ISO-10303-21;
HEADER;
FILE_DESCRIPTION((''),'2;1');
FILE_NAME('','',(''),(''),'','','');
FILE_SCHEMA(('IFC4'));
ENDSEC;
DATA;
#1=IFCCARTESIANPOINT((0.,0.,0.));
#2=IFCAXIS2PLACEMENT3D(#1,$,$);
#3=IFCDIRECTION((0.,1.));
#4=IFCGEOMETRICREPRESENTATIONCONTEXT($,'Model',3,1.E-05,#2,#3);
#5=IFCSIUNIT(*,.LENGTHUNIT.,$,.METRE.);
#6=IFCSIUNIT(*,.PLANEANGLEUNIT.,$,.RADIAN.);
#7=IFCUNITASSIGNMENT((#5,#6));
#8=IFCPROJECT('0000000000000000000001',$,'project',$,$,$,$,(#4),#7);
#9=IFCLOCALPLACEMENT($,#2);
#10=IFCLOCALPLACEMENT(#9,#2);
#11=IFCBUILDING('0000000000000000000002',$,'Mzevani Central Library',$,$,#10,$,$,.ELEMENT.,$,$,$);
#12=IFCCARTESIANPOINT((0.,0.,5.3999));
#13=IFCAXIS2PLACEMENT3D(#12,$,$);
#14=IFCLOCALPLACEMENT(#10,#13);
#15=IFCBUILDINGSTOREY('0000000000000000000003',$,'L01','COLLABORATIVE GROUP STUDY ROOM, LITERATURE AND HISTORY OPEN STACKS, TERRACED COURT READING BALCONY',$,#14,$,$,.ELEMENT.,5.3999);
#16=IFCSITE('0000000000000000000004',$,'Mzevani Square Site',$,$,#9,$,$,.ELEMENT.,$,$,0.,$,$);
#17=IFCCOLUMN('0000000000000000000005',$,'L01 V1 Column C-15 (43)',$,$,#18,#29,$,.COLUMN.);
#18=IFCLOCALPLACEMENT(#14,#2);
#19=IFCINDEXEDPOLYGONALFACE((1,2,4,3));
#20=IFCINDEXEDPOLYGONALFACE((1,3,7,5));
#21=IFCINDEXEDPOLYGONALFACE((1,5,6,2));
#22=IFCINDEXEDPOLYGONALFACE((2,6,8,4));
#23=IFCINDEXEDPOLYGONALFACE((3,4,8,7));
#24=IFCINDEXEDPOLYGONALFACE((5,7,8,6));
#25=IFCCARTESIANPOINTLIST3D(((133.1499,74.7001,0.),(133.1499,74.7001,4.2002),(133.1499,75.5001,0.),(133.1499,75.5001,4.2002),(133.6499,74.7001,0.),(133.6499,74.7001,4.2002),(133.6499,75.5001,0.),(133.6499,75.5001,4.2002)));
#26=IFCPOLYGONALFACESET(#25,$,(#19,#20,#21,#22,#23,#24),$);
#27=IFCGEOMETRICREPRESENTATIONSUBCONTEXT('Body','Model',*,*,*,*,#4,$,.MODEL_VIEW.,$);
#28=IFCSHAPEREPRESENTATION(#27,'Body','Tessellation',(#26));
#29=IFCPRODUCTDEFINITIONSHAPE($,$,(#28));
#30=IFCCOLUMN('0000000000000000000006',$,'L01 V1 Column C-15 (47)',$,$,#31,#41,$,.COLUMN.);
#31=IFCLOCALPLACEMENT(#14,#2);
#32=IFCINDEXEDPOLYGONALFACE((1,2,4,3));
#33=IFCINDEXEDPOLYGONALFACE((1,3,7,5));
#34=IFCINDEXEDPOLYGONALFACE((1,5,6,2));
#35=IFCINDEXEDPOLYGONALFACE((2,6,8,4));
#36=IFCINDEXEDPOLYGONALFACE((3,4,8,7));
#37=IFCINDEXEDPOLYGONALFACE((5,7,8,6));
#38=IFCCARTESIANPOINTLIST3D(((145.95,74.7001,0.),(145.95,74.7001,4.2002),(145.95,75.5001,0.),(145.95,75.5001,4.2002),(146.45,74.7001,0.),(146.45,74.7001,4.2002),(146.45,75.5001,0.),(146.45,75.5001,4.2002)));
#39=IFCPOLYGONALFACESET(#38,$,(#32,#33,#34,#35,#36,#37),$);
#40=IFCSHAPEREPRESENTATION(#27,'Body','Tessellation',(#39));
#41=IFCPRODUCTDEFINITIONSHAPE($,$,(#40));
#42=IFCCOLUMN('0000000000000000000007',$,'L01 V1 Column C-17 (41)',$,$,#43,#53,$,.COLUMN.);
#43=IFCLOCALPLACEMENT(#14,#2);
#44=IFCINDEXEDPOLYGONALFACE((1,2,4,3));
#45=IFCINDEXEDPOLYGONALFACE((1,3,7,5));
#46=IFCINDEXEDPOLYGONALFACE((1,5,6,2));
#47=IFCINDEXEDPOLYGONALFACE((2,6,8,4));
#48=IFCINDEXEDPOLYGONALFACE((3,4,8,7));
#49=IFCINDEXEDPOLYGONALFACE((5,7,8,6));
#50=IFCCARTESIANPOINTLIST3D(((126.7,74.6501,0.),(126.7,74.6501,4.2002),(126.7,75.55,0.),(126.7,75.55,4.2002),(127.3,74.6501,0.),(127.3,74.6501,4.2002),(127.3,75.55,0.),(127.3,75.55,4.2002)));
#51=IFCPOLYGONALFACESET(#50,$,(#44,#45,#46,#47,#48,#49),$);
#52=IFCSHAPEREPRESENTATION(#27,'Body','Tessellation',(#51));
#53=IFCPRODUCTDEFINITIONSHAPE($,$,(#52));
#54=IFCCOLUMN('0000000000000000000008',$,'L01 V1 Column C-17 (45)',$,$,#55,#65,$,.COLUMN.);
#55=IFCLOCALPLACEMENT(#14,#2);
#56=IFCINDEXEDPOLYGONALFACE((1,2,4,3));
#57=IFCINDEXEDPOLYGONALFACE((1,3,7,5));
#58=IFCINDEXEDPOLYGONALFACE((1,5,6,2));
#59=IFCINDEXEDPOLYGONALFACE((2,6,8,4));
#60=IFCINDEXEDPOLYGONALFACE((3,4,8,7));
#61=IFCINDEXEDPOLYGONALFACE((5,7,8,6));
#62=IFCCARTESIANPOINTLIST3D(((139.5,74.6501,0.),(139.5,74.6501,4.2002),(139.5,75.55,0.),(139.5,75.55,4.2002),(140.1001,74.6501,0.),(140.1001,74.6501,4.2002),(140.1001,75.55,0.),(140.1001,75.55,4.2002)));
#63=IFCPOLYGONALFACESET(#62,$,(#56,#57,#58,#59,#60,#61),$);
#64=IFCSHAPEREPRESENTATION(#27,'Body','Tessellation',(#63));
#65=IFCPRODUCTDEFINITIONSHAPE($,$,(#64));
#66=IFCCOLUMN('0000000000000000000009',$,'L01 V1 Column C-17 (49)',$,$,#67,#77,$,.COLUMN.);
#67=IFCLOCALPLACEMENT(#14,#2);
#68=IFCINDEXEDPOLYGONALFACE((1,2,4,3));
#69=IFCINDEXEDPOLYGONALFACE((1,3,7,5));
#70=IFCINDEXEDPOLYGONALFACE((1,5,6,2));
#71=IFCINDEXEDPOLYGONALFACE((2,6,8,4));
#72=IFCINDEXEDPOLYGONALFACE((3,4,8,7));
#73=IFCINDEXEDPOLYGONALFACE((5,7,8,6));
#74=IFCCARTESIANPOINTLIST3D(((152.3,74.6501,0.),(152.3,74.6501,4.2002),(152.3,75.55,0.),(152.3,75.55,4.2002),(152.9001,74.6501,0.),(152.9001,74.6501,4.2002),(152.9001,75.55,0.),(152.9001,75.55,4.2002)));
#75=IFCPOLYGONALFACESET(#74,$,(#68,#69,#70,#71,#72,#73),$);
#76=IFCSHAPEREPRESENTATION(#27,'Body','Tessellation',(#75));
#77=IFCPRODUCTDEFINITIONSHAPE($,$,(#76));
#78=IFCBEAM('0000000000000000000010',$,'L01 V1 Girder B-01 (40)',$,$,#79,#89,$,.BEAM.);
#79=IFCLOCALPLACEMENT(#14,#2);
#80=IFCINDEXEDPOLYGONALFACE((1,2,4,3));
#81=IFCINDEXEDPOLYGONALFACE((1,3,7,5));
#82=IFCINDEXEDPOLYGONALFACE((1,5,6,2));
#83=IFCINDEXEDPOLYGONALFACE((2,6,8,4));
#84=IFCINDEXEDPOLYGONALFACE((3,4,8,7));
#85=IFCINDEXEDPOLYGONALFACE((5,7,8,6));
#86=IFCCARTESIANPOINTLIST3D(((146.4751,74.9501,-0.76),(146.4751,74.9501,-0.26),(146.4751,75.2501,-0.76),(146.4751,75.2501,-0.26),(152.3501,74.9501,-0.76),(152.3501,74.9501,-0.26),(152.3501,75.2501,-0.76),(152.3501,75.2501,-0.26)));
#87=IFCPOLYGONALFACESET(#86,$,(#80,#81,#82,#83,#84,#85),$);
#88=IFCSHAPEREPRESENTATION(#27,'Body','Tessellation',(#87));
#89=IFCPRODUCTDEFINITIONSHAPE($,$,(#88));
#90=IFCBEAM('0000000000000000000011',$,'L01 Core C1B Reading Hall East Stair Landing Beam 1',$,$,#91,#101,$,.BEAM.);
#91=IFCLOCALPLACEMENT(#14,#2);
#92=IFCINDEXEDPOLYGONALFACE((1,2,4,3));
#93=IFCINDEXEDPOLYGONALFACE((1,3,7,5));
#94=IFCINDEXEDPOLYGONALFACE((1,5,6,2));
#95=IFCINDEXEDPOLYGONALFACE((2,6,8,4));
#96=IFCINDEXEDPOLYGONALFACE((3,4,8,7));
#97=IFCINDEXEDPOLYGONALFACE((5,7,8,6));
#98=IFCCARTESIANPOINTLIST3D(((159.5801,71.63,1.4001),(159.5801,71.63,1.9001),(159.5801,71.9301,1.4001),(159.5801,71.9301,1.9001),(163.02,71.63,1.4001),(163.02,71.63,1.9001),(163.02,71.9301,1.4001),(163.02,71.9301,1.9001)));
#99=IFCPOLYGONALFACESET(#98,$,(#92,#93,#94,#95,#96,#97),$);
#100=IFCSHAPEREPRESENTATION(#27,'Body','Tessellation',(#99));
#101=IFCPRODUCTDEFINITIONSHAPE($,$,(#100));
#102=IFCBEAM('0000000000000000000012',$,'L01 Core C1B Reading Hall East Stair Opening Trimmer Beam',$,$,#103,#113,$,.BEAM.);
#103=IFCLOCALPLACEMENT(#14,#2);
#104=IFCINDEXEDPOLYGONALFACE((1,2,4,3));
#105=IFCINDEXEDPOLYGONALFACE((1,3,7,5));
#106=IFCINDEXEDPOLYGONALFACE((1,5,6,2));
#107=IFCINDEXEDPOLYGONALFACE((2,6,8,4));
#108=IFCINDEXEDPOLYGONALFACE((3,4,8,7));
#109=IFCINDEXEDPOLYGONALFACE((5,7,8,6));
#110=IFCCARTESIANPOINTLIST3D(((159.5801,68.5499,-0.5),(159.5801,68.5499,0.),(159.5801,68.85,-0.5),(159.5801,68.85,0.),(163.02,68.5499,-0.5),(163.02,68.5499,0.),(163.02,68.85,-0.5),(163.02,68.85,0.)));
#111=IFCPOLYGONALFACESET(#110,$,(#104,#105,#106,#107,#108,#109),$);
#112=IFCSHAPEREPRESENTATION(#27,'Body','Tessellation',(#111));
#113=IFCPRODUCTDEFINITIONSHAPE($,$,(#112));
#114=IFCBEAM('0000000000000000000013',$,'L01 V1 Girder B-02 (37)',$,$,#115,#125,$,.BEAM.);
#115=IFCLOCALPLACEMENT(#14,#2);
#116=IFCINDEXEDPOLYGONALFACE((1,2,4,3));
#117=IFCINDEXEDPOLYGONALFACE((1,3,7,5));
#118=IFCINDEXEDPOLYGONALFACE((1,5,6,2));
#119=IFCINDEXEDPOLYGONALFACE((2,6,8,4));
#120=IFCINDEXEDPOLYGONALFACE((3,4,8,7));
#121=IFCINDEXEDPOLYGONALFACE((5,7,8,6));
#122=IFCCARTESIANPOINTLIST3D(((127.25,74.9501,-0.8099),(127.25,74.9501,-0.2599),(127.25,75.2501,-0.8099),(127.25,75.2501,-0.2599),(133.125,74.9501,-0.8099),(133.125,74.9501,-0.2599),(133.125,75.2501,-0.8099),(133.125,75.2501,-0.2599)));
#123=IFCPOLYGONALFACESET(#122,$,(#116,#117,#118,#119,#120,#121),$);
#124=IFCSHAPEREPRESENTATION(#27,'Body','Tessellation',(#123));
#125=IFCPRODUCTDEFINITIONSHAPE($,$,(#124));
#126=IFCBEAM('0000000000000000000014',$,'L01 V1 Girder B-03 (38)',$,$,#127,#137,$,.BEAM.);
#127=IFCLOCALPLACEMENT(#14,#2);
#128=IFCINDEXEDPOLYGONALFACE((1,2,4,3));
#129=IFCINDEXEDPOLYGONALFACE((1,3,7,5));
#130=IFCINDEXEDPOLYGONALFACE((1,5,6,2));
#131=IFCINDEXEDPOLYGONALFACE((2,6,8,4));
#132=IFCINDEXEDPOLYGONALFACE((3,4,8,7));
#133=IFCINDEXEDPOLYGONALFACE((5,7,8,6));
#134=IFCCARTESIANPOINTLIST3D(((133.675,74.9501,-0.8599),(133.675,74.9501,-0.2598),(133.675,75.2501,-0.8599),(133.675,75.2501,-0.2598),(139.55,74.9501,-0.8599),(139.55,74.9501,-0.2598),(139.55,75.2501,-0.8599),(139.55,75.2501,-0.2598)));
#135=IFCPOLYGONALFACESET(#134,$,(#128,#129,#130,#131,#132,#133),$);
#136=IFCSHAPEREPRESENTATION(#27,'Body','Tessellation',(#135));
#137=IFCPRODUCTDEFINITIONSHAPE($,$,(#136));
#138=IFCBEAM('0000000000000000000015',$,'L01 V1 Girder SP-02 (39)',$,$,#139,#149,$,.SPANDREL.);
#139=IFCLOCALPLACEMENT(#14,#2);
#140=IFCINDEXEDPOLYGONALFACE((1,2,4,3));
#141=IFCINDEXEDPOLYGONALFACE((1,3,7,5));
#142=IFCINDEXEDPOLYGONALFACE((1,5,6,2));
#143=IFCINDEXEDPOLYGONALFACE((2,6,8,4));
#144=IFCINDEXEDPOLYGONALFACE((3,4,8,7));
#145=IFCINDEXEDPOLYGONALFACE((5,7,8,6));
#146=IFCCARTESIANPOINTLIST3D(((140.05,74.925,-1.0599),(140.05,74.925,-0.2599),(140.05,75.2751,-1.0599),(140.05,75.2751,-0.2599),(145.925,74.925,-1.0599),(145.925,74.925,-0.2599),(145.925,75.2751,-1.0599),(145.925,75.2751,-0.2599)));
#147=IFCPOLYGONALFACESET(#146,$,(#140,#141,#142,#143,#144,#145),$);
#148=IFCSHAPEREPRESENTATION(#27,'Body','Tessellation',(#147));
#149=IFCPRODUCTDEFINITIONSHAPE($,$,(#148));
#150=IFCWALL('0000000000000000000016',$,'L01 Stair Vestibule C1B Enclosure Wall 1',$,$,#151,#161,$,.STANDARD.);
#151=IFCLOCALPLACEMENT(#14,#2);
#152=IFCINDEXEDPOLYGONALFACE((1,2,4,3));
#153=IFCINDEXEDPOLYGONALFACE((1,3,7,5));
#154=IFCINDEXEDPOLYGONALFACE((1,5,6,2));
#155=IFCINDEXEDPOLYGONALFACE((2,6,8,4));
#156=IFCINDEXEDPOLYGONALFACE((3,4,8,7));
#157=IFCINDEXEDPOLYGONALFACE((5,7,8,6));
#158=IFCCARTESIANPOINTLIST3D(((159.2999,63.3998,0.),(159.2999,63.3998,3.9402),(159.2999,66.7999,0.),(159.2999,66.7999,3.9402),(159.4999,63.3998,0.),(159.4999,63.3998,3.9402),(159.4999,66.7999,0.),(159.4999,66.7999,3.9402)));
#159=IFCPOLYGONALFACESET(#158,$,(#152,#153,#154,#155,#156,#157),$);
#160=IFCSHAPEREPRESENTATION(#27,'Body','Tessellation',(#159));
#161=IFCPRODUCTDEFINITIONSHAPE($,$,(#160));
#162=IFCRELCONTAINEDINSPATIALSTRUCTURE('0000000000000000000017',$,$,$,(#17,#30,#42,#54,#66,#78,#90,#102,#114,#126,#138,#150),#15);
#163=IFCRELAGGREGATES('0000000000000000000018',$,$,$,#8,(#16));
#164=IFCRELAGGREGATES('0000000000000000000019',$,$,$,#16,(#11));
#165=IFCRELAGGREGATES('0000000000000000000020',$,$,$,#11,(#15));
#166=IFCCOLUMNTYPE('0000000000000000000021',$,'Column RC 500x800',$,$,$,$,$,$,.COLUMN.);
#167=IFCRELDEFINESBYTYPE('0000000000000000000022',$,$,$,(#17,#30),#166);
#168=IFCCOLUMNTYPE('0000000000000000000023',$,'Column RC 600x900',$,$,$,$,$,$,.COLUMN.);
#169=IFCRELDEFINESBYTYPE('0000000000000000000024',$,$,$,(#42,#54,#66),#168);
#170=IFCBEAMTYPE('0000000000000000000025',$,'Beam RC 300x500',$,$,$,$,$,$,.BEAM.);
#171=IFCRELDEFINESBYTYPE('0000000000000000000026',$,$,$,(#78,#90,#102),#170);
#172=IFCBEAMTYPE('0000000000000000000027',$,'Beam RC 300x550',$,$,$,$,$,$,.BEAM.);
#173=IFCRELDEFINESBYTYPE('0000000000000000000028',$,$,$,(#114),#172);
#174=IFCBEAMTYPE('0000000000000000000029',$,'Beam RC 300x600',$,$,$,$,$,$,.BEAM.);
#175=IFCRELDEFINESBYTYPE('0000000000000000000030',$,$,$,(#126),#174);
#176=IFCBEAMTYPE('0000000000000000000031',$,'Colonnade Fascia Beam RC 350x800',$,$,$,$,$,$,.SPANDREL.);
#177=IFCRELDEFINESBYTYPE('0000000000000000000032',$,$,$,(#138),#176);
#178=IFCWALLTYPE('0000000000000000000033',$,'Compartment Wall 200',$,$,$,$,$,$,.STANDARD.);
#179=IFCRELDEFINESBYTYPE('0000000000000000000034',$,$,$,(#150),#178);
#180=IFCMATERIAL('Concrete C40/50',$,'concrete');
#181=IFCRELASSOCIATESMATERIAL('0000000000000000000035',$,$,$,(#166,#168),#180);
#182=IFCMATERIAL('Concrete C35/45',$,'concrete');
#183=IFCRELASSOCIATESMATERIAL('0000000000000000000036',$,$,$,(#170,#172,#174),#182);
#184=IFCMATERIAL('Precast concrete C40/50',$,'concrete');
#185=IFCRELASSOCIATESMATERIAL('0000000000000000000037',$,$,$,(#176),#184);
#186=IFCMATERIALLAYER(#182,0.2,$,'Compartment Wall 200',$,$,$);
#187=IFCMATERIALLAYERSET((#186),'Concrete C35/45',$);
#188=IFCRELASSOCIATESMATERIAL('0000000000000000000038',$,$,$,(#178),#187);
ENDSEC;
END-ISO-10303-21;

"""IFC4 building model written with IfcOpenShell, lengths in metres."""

from ifc_helpers import new_model, si_unit, direction, frame, frame_2d, origin, origin_2d, place, context, subcontext, project, spatial, rectangle, extrude, material, layer, layer_set, material_profile, profile_set, type_object, element, save


model = new_model("IFC4")

# Units and contexts
model_context = context("Model", 3, precision=1e-05, world=origin(), true_north=direction((0.0, 1.0)))
body_context = subcontext(model_context, "Body", "Model", "MODEL_VIEW")
ifc_project = project(units=[si_unit("LENGTHUNIT", "METRE"), si_unit("PLANEANGLEUNIT", "RADIAN")], contexts=[model_context])

# Site, building, storey
site_placement = place(None, origin())
site = spatial("IfcSite", under=ifc_project, at=site_placement, Name="Mzevani Square Site", CompositionType="ELEMENT", RefElevation=0.0)
building_placement = place(site_placement, origin())
building = spatial("IfcBuilding", under=site, at=building_placement, Name="Mzevani Central Library", CompositionType="ELEMENT")
storey_placement = place(building_placement, frame((0.0, 0.0, 5.3999)))
storey = spatial("IfcBuildingStorey", under=building, at=storey_placement, Name="L01", Description="COLLABORATIVE GROUP STUDY ROOM, LITERATURE AND HISTORY OPEN STACKS, TERRACED COURT READING BALCONY", CompositionType="ELEMENT", Elevation=5.3999)

# Columns
ifc_material_1 = material(Name="Concrete C40/50", Category="concrete")
ifc_material_profile_1 = material_profile(ifc_material_1, rectangle(XDim=0.5, YDim=0.8, at=origin_2d()), Name="RC 500x800")
ifc_profile_set_1 = profile_set([ifc_material_profile_1], Name="Concrete C40/50")
column_type_1 = type_object("IfcColumnType", Name="Column RC 500x800", PredefinedType="COLUMN", material=ifc_profile_set_1)
for number, where, z_axis, x_axis, name in (
    (1, (133.3999, 75.1001, 0.0), (0.0, 0.0, 1.0), (1.0, 0.0, 0.0), "L01 V1 Column C-15 (43)"),
    (2, (146.2, 75.1001, 0.0), (0.0, 0.0, 1.0), (1.0, 0.0, 0.0), "L01 V1 Column C-15 (47)"),
):
    element("IfcColumn", number, at=place(storey_placement, frame(where, z_axis=z_axis, x_axis=x_axis)), inside=storey, type_object=column_type_1, Name=name, PredefinedType="COLUMN", context=body_context, shape_type="SweptSolid", body=[
        extrude(rectangle(XDim=0.5, YDim=0.8, at=origin_2d()), origin(), (0.0, 0.0, 1.0), 4.2002),
    ])
ifc_material_profile_2 = material_profile(ifc_material_1, rectangle(XDim=0.6001, YDim=0.8999, at=origin_2d()), Name="RC 600x900")
ifc_profile_set_2 = profile_set([ifc_material_profile_2], Name="Concrete C40/50")
column_type_2 = type_object("IfcColumnType", Name="Column RC 600x900", PredefinedType="COLUMN", material=ifc_profile_set_2)
for number, where, z_axis, x_axis, name in (
    (3, (127.0, 75.1001, 0.0), (0.0, 0.0, 1.0), (1.0, 0.0, 0.0), "L01 V1 Column C-17 (41)"),
    (4, (139.8, 75.1001, 0.0), (0.0, 0.0, 1.0), (1.0, 0.0, 0.0), "L01 V1 Column C-17 (45)"),
    (5, (152.6001, 75.1001, 0.0), (0.0, 0.0, 1.0), (1.0, 0.0, 0.0), "L01 V1 Column C-17 (49)"),
):
    element("IfcColumn", number, at=place(storey_placement, frame(where, z_axis=z_axis, x_axis=x_axis)), inside=storey, type_object=column_type_2, Name=name, PredefinedType="COLUMN", context=body_context, shape_type="SweptSolid", body=[
        extrude(rectangle(XDim=0.6001, YDim=0.8999, at=origin_2d()), origin(), (0.0, 0.0, 1.0), 4.2002),
    ])

# Beams
ifc_material_2 = material(Name="Concrete C35/45", Category="concrete")
ifc_material_profile_3 = material_profile(ifc_material_2, rectangle(XDim=0.3, YDim=0.5, at=origin_2d()), Name="RC B300x500")
ifc_profile_set_3 = profile_set([ifc_material_profile_3], Name="Concrete C35/45")
beam_type_1 = type_object("IfcBeamType", Name="Beam RC 300x500", PredefinedType="BEAM", material=ifc_profile_set_3)
beam_1_placement = place(storey_placement, frame((146.4751, 75.1001, -0.51), z_axis=(1.0, 0.0, 0.0), x_axis=(0.0, 1.0, 0.0)))
element("IfcBeam", 6, at=beam_1_placement, inside=storey, type_object=beam_type_1, Name="L01 V1 Girder B-01 (40)", PredefinedType="BEAM", context=body_context, shape_type="SweptSolid", body=[
    extrude(rectangle(XDim=0.3, YDim=0.5, at=origin_2d()), origin(), (0.0, 0.0, 1.0), 5.875),
])
for number, where, z_axis, x_axis, name in (
    (7, (159.5801, 71.78, 1.6501), (1.0, 0.0, 0.0), (0.0, 1.0, 0.0), "L01 Core C1B Reading Hall East Stair Landing Beam 1"),
    (8, (159.5801, 68.7, -0.25), (1.0, 0.0, 0.0), (0.0, 1.0, 0.0), "L01 Core C1B Reading Hall East Stair Opening Trimmer Beam"),
):
    element("IfcBeam", number, at=place(storey_placement, frame(where, z_axis=z_axis, x_axis=x_axis)), inside=storey, type_object=beam_type_1, Name=name, PredefinedType="BEAM", context=body_context, shape_type="SweptSolid", body=[
        extrude(rectangle(XDim=0.3, YDim=0.5, at=origin_2d()), origin(), (0.0, 0.0, 1.0), 3.4399),
    ])
ifc_material_profile_4 = material_profile(ifc_material_2, rectangle(XDim=0.3, YDim=0.55, at=origin_2d()), Name="RC B300x550")
ifc_profile_set_4 = profile_set([ifc_material_profile_4], Name="Concrete C35/45")
beam_type_2 = type_object("IfcBeamType", Name="Beam RC 300x550", PredefinedType="BEAM", material=ifc_profile_set_4)
beam_2_placement = place(storey_placement, frame((127.25, 75.1001, -0.5349), z_axis=(1.0, 0.0, 0.0), x_axis=(0.0, 1.0, 0.0)))
element("IfcBeam", 9, at=beam_2_placement, inside=storey, type_object=beam_type_2, Name="L01 V1 Girder B-02 (37)", PredefinedType="BEAM", context=body_context, shape_type="SweptSolid", body=[
    extrude(rectangle(XDim=0.3, YDim=0.55, at=origin_2d()), origin(), (0.0, 0.0, 1.0), 5.875),
])
ifc_material_profile_5 = material_profile(ifc_material_2, rectangle(XDim=0.3, YDim=0.6001, at=origin_2d()), Name="RC B300x600")
ifc_profile_set_5 = profile_set([ifc_material_profile_5], Name="Concrete C35/45")
beam_type_3 = type_object("IfcBeamType", Name="Beam RC 300x600", PredefinedType="BEAM", material=ifc_profile_set_5)
beam_3_placement = place(storey_placement, frame((133.675, 75.1001, -0.5598), z_axis=(1.0, 0.0, 0.0), x_axis=(0.0, 1.0, 0.0)))
element("IfcBeam", 10, at=beam_3_placement, inside=storey, type_object=beam_type_3, Name="L01 V1 Girder B-03 (38)", PredefinedType="BEAM", context=body_context, shape_type="SweptSolid", body=[
    extrude(rectangle(XDim=0.3, YDim=0.6001, at=origin_2d()), origin(), (0.0, 0.0, 1.0), 5.875),
])
ifc_material_3 = material(Name="Precast concrete C40/50", Category="concrete")
ifc_material_profile_6 = material_profile(ifc_material_3, rectangle(XDim=0.3501, YDim=0.8, at=origin_2d()), Name="RC SP350x800")
ifc_profile_set_6 = profile_set([ifc_material_profile_6], Name="Precast concrete C40/50")
beam_type_4 = type_object("IfcBeamType", Name="Colonnade Fascia Beam RC 350x800", PredefinedType="SPANDREL", material=ifc_profile_set_6)
beam_4_placement = place(storey_placement, frame((140.05, 75.1001, -0.6599), z_axis=(1.0, 0.0, 0.0), x_axis=(0.0, 1.0, 0.0)))
element("IfcBeam", 11, at=beam_4_placement, inside=storey, type_object=beam_type_4, Name="L01 V1 Girder SP-02 (39)", PredefinedType="SPANDREL", context=body_context, shape_type="SweptSolid", body=[
    extrude(rectangle(XDim=0.3501, YDim=0.8, at=origin_2d()), origin(), (0.0, 0.0, 1.0), 5.875),
])

# Wall
ifc_layer_1 = layer(ifc_material_2, 0.2, Name="Compartment Wall 200")
ifc_layer_set_1 = layer_set([ifc_layer_1], Name="Concrete C35/45")
wall_type_1 = type_object("IfcWallType", Name="Compartment Wall 200", PredefinedType="STANDARD", material=ifc_layer_set_1)
wall_1_placement = place(storey_placement, frame((159.3999, 66.8, 0.0), z_axis=(0.0, 0.0, 1.0), x_axis=(0.0, -1.0, 0.0)))
element("IfcWall", 12, at=wall_1_placement, inside=storey, type_object=wall_type_1, Name="L01 Stair Vestibule C1B Enclosure Wall 1", PredefinedType="STANDARD", context=body_context, shape_type="SweptSolid", body=[
    extrude(rectangle(XDim=3.4001, YDim=0.2, at=frame_2d((1.7002, 0.0))), origin(), (0.0, 0.0, 1.0), 3.9402),
])

save(model, "model.ifc")
